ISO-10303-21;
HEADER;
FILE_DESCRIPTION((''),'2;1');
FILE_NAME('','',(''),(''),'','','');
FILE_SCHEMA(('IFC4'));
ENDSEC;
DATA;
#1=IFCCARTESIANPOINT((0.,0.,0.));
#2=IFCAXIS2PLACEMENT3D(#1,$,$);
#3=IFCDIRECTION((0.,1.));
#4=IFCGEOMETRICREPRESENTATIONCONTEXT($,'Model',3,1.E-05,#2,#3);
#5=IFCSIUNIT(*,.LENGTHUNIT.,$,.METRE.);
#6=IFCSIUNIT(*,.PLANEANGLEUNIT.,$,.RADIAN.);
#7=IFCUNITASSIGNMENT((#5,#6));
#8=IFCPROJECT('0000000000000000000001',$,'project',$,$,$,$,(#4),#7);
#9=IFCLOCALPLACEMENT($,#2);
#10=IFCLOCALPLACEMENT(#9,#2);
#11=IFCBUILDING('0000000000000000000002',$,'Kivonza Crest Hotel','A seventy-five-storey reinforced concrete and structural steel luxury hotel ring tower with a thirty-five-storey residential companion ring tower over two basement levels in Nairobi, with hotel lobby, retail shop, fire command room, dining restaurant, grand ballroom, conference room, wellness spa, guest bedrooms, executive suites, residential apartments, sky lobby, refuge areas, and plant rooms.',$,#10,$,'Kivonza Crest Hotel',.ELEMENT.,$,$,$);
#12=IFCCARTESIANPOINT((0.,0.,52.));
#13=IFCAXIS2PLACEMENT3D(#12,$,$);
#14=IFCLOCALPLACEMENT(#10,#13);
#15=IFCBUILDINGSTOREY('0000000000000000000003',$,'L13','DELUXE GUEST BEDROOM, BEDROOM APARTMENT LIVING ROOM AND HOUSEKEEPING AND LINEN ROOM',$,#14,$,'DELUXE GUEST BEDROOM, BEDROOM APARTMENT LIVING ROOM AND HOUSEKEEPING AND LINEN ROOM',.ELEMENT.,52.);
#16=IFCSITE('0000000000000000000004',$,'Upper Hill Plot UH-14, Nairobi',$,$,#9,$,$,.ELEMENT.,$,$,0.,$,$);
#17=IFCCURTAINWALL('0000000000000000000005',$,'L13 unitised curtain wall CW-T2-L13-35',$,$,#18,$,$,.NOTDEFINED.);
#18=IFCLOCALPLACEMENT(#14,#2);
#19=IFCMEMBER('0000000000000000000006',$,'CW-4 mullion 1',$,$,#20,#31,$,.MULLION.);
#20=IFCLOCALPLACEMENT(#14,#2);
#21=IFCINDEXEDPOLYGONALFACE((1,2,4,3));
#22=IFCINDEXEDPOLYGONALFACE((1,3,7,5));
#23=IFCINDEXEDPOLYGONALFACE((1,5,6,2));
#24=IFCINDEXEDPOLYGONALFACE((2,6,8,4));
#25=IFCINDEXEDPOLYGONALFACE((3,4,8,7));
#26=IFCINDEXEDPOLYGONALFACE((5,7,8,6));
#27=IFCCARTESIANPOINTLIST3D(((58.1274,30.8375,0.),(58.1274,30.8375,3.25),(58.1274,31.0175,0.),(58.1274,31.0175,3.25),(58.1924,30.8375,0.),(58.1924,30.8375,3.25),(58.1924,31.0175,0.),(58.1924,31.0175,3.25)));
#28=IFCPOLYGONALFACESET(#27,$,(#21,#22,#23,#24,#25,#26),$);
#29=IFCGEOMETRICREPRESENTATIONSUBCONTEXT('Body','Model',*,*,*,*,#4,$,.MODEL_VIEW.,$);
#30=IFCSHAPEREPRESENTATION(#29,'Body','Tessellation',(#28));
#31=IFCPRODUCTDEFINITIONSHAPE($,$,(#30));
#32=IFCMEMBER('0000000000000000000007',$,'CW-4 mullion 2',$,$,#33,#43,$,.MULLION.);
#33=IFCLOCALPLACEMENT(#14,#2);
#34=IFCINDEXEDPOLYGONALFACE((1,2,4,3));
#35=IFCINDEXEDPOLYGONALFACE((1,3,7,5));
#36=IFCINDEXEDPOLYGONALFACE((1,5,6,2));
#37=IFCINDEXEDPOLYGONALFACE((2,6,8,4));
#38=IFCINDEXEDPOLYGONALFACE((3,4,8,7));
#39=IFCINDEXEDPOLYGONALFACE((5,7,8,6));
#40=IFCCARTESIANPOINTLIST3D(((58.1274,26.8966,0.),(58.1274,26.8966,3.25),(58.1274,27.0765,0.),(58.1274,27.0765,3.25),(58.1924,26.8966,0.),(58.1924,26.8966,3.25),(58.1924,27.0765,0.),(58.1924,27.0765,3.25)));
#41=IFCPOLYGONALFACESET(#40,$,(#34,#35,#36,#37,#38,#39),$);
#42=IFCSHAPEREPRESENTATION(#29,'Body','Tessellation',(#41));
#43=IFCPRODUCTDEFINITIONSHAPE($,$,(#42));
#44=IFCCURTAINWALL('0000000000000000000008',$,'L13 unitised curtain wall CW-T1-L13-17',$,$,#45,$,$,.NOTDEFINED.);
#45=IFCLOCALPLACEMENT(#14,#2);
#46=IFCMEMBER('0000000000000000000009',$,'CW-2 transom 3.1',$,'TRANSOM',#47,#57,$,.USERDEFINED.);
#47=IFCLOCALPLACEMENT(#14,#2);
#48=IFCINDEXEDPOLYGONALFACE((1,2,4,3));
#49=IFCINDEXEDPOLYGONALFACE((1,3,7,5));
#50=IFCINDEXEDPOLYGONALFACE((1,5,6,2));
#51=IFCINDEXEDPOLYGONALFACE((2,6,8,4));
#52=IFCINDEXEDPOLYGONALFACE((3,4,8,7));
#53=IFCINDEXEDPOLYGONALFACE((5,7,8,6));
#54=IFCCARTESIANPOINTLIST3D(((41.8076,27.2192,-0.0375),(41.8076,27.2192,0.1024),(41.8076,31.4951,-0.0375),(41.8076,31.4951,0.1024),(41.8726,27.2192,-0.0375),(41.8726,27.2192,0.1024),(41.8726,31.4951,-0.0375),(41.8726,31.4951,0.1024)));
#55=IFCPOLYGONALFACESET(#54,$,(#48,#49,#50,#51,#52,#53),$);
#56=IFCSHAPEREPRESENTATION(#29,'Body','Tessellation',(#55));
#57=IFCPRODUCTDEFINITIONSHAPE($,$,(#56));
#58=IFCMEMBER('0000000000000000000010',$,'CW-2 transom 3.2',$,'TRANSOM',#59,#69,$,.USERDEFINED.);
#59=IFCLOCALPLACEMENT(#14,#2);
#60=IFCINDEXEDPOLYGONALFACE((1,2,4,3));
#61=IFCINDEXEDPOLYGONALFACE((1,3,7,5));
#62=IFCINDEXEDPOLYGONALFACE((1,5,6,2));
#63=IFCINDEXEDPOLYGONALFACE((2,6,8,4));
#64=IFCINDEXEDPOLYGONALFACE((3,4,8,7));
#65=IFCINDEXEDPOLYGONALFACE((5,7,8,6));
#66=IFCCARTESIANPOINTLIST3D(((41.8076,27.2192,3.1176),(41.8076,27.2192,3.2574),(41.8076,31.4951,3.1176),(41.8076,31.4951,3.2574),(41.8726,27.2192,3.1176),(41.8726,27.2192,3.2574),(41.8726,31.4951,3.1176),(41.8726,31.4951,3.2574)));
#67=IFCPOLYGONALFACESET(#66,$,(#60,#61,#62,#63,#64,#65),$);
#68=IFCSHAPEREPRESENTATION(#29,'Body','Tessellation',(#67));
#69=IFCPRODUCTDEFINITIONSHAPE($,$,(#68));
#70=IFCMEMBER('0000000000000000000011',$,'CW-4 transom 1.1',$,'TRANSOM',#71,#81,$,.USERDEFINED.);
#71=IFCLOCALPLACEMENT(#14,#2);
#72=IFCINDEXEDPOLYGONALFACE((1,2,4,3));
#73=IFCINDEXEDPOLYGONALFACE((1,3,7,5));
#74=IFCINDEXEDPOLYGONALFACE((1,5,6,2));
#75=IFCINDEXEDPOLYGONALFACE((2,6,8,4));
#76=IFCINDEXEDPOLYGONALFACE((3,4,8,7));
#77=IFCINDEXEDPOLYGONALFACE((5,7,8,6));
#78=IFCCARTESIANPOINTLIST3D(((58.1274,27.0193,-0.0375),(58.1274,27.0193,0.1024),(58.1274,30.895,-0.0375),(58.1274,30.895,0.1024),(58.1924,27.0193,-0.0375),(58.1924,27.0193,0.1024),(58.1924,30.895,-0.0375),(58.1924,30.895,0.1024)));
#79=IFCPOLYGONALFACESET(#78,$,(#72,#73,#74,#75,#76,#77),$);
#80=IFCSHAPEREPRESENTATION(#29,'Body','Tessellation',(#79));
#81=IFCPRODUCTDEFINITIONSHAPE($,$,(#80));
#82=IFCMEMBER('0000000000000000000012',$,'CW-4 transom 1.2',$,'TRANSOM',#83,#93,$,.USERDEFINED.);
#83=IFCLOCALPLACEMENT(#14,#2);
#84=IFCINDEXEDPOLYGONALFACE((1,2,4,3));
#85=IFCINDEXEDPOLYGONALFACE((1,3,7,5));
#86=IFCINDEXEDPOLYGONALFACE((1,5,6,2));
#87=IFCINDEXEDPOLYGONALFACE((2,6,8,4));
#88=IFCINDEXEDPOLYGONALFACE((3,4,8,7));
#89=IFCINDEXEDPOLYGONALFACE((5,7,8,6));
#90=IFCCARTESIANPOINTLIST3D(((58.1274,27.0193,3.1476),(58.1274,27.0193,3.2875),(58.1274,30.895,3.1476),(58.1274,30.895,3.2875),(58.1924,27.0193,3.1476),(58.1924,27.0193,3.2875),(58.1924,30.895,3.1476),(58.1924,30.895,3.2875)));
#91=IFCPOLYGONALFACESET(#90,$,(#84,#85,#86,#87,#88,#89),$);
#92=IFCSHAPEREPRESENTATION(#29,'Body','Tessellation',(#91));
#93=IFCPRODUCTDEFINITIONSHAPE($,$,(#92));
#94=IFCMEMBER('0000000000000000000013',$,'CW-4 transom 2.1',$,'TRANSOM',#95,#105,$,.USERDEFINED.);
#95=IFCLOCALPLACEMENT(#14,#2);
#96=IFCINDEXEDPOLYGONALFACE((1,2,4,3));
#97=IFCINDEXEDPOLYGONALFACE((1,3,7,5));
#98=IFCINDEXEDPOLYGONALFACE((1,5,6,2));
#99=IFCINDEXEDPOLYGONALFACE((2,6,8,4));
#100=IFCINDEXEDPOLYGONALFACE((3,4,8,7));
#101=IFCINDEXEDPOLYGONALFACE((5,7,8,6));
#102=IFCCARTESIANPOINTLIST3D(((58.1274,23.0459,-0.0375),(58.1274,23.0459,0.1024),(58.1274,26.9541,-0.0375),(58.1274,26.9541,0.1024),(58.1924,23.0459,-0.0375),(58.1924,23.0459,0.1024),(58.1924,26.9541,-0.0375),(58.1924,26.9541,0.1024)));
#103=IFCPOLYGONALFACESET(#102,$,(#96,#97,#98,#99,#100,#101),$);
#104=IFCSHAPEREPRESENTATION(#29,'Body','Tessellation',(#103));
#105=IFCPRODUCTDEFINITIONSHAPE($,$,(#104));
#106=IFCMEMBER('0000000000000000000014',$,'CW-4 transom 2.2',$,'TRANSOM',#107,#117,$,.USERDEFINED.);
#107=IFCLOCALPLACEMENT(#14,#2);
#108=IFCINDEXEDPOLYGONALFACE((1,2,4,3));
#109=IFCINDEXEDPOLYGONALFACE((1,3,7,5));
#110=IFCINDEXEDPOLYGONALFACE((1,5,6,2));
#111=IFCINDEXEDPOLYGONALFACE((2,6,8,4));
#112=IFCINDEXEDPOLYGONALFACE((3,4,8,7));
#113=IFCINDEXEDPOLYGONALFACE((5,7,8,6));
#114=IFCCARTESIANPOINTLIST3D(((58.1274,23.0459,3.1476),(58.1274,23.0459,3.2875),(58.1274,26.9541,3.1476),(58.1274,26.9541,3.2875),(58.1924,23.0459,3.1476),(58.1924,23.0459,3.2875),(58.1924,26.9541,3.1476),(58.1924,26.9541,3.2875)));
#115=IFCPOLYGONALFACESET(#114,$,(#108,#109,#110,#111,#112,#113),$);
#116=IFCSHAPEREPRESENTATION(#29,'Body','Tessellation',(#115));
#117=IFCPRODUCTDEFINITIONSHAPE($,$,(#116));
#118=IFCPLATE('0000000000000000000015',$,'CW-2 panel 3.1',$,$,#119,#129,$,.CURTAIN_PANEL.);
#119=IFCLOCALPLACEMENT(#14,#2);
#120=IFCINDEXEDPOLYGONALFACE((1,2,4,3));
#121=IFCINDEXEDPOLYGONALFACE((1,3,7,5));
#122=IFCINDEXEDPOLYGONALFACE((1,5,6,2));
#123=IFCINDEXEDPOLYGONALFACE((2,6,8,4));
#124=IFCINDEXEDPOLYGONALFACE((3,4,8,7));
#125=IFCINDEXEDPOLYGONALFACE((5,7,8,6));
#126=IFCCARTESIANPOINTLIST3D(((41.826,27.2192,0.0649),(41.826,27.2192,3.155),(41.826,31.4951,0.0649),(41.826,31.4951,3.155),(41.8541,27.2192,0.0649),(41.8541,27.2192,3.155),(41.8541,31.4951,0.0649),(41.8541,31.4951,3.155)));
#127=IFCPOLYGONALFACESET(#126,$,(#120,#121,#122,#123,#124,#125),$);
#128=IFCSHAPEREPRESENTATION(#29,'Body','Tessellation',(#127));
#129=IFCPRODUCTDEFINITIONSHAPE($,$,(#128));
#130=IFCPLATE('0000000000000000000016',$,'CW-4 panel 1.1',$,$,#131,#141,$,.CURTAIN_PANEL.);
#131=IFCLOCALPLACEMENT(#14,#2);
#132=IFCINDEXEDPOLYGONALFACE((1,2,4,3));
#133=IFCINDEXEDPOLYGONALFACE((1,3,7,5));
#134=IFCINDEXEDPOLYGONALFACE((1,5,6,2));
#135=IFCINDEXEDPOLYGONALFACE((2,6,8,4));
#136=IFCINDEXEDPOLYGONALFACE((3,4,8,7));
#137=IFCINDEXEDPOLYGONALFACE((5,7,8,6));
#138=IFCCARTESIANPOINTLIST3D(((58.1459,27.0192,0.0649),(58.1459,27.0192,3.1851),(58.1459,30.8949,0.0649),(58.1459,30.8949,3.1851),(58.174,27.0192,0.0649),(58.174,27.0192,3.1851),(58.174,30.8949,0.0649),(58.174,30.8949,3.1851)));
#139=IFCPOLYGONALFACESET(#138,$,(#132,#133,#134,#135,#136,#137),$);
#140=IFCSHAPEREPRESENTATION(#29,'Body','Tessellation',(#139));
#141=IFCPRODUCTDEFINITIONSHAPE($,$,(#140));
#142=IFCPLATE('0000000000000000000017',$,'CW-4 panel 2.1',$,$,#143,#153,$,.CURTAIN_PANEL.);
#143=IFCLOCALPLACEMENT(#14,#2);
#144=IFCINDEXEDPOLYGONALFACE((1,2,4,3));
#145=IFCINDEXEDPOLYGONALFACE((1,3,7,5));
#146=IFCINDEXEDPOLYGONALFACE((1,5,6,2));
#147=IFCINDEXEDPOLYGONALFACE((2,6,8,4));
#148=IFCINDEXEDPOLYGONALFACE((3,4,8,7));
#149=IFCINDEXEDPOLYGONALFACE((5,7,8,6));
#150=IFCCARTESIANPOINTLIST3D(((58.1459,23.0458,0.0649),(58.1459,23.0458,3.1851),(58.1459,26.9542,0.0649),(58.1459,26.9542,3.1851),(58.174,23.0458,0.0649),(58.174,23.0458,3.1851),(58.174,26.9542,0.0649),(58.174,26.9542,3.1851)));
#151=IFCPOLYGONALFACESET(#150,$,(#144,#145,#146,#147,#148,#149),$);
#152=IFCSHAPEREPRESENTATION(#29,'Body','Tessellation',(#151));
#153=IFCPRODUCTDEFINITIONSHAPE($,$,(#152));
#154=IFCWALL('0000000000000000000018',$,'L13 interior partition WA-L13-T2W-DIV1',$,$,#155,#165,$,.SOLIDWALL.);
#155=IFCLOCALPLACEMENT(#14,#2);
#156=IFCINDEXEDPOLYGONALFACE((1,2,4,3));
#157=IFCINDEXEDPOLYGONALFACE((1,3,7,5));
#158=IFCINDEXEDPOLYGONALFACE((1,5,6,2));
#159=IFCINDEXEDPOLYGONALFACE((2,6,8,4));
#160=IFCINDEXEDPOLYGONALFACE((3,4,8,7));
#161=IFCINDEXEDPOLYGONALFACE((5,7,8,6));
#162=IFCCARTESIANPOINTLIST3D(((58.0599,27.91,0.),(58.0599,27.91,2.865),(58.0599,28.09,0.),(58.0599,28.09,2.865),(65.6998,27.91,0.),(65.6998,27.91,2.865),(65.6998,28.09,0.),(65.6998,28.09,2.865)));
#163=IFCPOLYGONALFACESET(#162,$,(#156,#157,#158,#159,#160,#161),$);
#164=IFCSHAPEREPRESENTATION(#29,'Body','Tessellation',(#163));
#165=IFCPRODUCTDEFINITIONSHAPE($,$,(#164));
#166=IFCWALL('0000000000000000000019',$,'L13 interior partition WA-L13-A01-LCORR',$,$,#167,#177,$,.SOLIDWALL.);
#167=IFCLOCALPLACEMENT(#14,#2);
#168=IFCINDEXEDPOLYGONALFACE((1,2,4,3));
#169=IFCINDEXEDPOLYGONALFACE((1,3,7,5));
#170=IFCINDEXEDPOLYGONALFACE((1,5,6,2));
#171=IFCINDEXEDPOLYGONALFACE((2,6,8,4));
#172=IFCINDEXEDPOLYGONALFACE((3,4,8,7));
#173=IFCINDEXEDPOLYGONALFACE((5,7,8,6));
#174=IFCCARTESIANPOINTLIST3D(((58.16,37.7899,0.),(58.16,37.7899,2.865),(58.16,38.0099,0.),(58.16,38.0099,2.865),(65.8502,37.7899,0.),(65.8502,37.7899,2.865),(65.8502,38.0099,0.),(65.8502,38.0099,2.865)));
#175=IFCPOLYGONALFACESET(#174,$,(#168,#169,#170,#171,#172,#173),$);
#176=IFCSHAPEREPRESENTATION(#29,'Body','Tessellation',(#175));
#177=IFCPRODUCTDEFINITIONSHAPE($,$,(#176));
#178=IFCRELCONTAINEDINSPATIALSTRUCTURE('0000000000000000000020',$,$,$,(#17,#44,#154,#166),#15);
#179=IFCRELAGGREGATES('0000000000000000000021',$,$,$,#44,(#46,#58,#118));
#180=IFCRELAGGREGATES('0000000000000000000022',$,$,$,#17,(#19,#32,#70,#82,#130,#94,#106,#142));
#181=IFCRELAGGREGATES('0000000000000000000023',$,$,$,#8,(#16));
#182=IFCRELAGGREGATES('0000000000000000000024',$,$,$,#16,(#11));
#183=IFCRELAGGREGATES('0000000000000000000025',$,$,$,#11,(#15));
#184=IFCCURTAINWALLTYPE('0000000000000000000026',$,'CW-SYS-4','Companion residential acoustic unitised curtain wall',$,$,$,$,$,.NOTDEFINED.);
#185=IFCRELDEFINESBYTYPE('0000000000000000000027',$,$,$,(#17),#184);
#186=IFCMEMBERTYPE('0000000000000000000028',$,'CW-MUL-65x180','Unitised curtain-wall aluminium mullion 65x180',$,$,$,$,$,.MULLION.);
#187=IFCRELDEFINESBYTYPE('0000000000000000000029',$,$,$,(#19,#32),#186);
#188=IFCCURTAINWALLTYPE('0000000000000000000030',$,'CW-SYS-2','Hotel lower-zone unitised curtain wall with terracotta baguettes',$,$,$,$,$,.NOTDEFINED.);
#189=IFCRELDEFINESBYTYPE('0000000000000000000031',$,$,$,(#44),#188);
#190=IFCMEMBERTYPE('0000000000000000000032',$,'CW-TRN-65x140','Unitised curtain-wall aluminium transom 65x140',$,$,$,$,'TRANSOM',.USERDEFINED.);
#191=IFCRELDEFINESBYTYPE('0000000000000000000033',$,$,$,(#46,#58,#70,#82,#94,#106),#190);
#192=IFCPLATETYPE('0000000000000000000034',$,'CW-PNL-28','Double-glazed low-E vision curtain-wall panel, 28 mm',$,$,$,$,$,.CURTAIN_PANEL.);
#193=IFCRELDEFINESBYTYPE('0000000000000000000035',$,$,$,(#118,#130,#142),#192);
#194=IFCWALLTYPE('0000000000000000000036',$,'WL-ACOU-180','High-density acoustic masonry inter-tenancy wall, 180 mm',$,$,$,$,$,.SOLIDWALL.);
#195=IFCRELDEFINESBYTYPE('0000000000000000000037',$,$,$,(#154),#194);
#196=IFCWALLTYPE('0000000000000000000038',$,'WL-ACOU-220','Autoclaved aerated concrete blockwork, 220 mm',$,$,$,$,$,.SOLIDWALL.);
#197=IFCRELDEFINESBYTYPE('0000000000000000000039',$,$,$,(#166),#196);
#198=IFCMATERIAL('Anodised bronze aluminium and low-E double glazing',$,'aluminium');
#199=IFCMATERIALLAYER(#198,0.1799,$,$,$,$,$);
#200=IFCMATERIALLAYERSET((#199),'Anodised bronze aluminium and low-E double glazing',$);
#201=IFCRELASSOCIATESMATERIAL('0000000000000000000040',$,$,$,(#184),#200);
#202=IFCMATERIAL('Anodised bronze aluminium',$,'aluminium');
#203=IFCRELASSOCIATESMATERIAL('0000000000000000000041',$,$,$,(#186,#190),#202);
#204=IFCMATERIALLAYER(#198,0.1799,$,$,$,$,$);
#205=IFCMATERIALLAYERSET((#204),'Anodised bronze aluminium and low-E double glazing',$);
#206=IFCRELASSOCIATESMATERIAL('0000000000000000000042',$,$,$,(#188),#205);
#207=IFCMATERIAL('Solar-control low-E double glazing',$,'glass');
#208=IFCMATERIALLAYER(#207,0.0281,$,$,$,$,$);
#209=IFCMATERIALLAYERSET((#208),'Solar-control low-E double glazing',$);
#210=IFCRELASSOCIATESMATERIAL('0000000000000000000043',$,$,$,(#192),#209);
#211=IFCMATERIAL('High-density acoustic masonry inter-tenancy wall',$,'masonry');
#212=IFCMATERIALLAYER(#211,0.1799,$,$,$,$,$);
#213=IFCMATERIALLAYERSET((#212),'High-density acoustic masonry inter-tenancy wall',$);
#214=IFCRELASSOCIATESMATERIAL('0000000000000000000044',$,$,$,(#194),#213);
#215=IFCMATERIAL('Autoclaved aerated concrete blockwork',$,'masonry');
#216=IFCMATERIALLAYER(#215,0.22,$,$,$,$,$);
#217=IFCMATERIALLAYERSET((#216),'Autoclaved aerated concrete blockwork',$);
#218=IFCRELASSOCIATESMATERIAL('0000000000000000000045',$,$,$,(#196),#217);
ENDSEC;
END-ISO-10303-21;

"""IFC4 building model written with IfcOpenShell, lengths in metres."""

from ifc_helpers import new_model, si_unit, direction, frame, frame_2d, origin, origin_2d, place, context, subcontext, project, spatial, rectangle, extrude, material, layer, layer_set, material_profile, profile_set, type_object, element, aggregate, save


model = new_model("IFC4")

# Units and contexts
model_context = context("Model", 3, precision=1e-05, world=origin(), true_north=direction((0.0, 1.0)))
body_context = subcontext(model_context, "Body", "Model", "MODEL_VIEW")
ifc_project = project(units=[si_unit("LENGTHUNIT", "METRE"), si_unit("PLANEANGLEUNIT", "RADIAN")], contexts=[model_context])

# Site, building, storey
site_placement = place(None, origin())
site = spatial("IfcSite", under=ifc_project, at=site_placement, Name="Upper Hill Plot UH-14, Nairobi", CompositionType="ELEMENT", RefElevation=0.0)
building_placement = place(site_placement, origin())
building = spatial("IfcBuilding", under=site, at=building_placement, Name="Kivonza Crest Hotel", Description="A seventy-five-storey reinforced concrete and structural steel luxury hotel ring tower with a thirty-five-storey residential companion ring tower over two basement levels in Nairobi, with hotel lobby, retail shop, fire command room, dining restaurant, grand ballroom, conference room, wellness spa, guest bedrooms, executive suites, residential apartments, sky lobby, refuge areas, and plant rooms.", LongName="Kivonza Crest Hotel", CompositionType="ELEMENT")
storey_placement = place(building_placement, frame((0.0, 0.0, 52.0)))
storey = spatial("IfcBuildingStorey", under=building, at=storey_placement, Name="L13", Description="DELUXE GUEST BEDROOM, BEDROOM APARTMENT LIVING ROOM AND HOUSEKEEPING AND LINEN ROOM", LongName="DELUXE GUEST BEDROOM, BEDROOM APARTMENT LIVING ROOM AND HOUSEKEEPING AND LINEN ROOM", CompositionType="ELEMENT", Elevation=52.0)

# Curtain walls, members
ifc_material_1 = material(Name="Anodised bronze aluminium and low-E double glazing", Category="aluminium")
ifc_layer_1 = layer(ifc_material_1, 0.1799)
ifc_layer_set_1 = layer_set([ifc_layer_1], Name="Anodised bronze aluminium and low-E double glazing")
curtain_wall_type_1 = type_object("IfcCurtainWallType", Name="CW-SYS-4", Description="Companion residential acoustic unitised curtain wall", PredefinedType="NOTDEFINED", material=ifc_layer_set_1)
curtain_wall_1_placement = place(storey_placement, origin())
curtain_wall_1 = element("IfcCurtainWall", 1, at=curtain_wall_1_placement, inside=storey, type_object=curtain_wall_type_1, Name="L13 unitised curtain wall CW-T2-L13-35", PredefinedType="NOTDEFINED")
ifc_material_2 = material(Name="Anodised bronze aluminium", Category="aluminium")
ifc_material_profile_1 = material_profile(ifc_material_2, rectangle(XDim=0.0649, YDim=0.1799, at=origin_2d()), Name="CW-M 65x180")
ifc_profile_set_1 = profile_set([ifc_material_profile_1], Name="Anodised bronze aluminium")
member_type_1 = type_object("IfcMemberType", Name="CW-MUL-65x180", Description="Unitised curtain-wall aluminium mullion 65x180", PredefinedType="MULLION", material=ifc_profile_set_1)
member_1_placement = place(storey_placement, frame((58.1599, 30.9275, 0.0), z_axis=(0.0, 0.0, 1.0), x_axis=(1.0, 0.0, 0.0)))
member_1 = element("IfcMember", 2, at=member_1_placement, type_object=member_type_1, Name="CW-4 mullion 1", PredefinedType="MULLION", context=body_context, shape_type="SweptSolid", body=[
    extrude(rectangle(XDim=0.0649, YDim=0.1799, at=origin_2d()), origin(), (0.0, 0.0, 1.0), 3.25),
])
member_2_placement = place(storey_placement, frame((58.1599, 26.9866, 0.0), z_axis=(0.0, 0.0, 1.0), x_axis=(1.0, 0.0, 0.0)))
member_2 = element("IfcMember", 3, at=member_2_placement, type_object=member_type_1, Name="CW-4 mullion 2", PredefinedType="MULLION", context=body_context, shape_type="SweptSolid", body=[
    extrude(rectangle(XDim=0.0649, YDim=0.1799, at=origin_2d()), origin(), (0.0, 0.0, 1.0), 3.25),
])
ifc_layer_2 = layer(ifc_material_1, 0.1799)
ifc_layer_set_2 = layer_set([ifc_layer_2], Name="Anodised bronze aluminium and low-E double glazing")
curtain_wall_type_2 = type_object("IfcCurtainWallType", Name="CW-SYS-2", Description="Hotel lower-zone unitised curtain wall with terracotta baguettes", PredefinedType="NOTDEFINED", material=ifc_layer_set_2)
curtain_wall_2_placement = place(storey_placement, origin())
curtain_wall_2 = element("IfcCurtainWall", 4, at=curtain_wall_2_placement, inside=storey, type_object=curtain_wall_type_2, Name="L13 unitised curtain wall CW-T1-L13-17", PredefinedType="NOTDEFINED")
ifc_material_profile_2 = material_profile(ifc_material_2, rectangle(XDim=0.0649, YDim=0.1399, at=origin_2d()), Name="CW-T 65x140")
ifc_profile_set_2 = profile_set([ifc_material_profile_2], Name="Anodised bronze aluminium")
member_type_2 = type_object("IfcMemberType", Name="CW-TRN-65x140", Description="Unitised curtain-wall aluminium transom 65x140", ElementType="TRANSOM", PredefinedType="USERDEFINED", material=ifc_profile_set_2)
member_3_placement = place(storey_placement, frame((41.8401, 27.2192, 0.0325), z_axis=(0.0, 1.0, 0.0), x_axis=(-1.0, 0.0, 0.0)))
member_3 = element("IfcMember", 5, at=member_3_placement, type_object=member_type_2, Name="CW-2 transom 3.1", ObjectType="TRANSOM", PredefinedType="USERDEFINED", context=body_context, shape_type="SweptSolid", body=[
    extrude(rectangle(XDim=0.0649, YDim=0.1399, at=origin_2d()), origin(), (0.0, 0.0, 1.0), 4.2759),
])
member_4_placement = place(storey_placement, frame((41.8401, 27.2192, 3.1875), z_axis=(0.0, 1.0, 0.0), x_axis=(-1.0, 0.0, 0.0)))
member_4 = element("IfcMember", 6, at=member_4_placement, type_object=member_type_2, Name="CW-2 transom 3.2", ObjectType="TRANSOM", PredefinedType="USERDEFINED", context=body_context, shape_type="SweptSolid", body=[
    extrude(rectangle(XDim=0.0649, YDim=0.1399, at=origin_2d()), origin(), (0.0, 0.0, 1.0), 4.2759),
])

# Members
member_5_placement = place(storey_placement, frame((58.1599, 30.895, 0.0325), z_axis=(0.0, -1.0, 0.0), x_axis=(1.0, 0.0, 0.0)))
member_5 = element("IfcMember", 7, at=member_5_placement, type_object=member_type_2, Name="CW-4 transom 1.1", ObjectType="TRANSOM", PredefinedType="USERDEFINED", context=body_context, shape_type="SweptSolid", body=[
    extrude(rectangle(XDim=0.0649, YDim=0.1399, at=origin_2d()), origin(), (0.0, 0.0, 1.0), 3.8757),
])
member_6_placement = place(storey_placement, frame((58.1599, 30.895, 3.2175), z_axis=(0.0, -1.0, 0.0), x_axis=(1.0, 0.0, 0.0)))
member_6 = element("IfcMember", 8, at=member_6_placement, type_object=member_type_2, Name="CW-4 transom 1.2", ObjectType="TRANSOM", PredefinedType="USERDEFINED", context=body_context, shape_type="SweptSolid", body=[
    extrude(rectangle(XDim=0.0649, YDim=0.1399, at=origin_2d()), origin(), (0.0, 0.0, 1.0), 3.8757),
])
member_7_placement = place(storey_placement, frame((58.1599, 26.9541, 0.0325), z_axis=(0.0, -1.0, 0.0), x_axis=(1.0, 0.0, 0.0)))
member_7 = element("IfcMember", 9, at=member_7_placement, type_object=member_type_2, Name="CW-4 transom 2.1", ObjectType="TRANSOM", PredefinedType="USERDEFINED", context=body_context, shape_type="SweptSolid", body=[
    extrude(rectangle(XDim=0.0649, YDim=0.1399, at=origin_2d()), origin(), (0.0, 0.0, 1.0), 3.9082),
])
member_8_placement = place(storey_placement, frame((58.1599, 26.9541, 3.2175), z_axis=(0.0, -1.0, 0.0), x_axis=(1.0, 0.0, 0.0)))
member_8 = element("IfcMember", 10, at=member_8_placement, type_object=member_type_2, Name="CW-4 transom 2.2", ObjectType="TRANSOM", PredefinedType="USERDEFINED", context=body_context, shape_type="SweptSolid", body=[
    extrude(rectangle(XDim=0.0649, YDim=0.1399, at=origin_2d()), origin(), (0.0, 0.0, 1.0), 3.9082),
])

# Plates
ifc_material_3 = material(Name="Solar-control low-E double glazing", Category="glass")
ifc_layer_3 = layer(ifc_material_3, 0.0281)
ifc_layer_set_3 = layer_set([ifc_layer_3], Name="Solar-control low-E double glazing")
plate_type = type_object("IfcPlateType", Name="CW-PNL-28", Description="Double-glazed low-E vision curtain-wall panel, 28 mm", PredefinedType="CURTAIN_PANEL", material=ifc_layer_set_3)
plate_1_placement = place(storey_placement, frame((41.8401, 29.3572, 0.0649), z_axis=(0.0, 0.0, 1.0), x_axis=(0.0, 1.0, 0.0)))
plate_1 = element("IfcPlate", 11, at=plate_1_placement, type_object=plate_type, Name="CW-2 panel 3.1", PredefinedType="CURTAIN_PANEL", context=body_context, shape_type="SweptSolid", body=[
    extrude(rectangle(XDim=4.2759, YDim=0.0281, at=origin_2d()), origin(), (0.0, 0.0, 1.0), 3.0901),
])
aggregate(curtain_wall_2, [member_3, member_4, plate_1])
plate_2_placement = place(storey_placement, frame((58.1599, 28.957, 0.0649), z_axis=(0.0, 0.0, 1.0), x_axis=(0.0, -1.0, 0.0)))
plate_2 = element("IfcPlate", 12, at=plate_2_placement, type_object=plate_type, Name="CW-4 panel 1.1", PredefinedType="CURTAIN_PANEL", context=body_context, shape_type="SweptSolid", body=[
    extrude(rectangle(XDim=3.8757, YDim=0.0281, at=origin_2d()), origin(), (0.0, 0.0, 1.0), 3.1201),
])
plate_3_placement = place(storey_placement, frame((58.1599, 25.0, 0.0649), z_axis=(0.0, 0.0, 1.0), x_axis=(0.0, -1.0, 0.0)))
plate_3 = element("IfcPlate", 13, at=plate_3_placement, type_object=plate_type, Name="CW-4 panel 2.1", PredefinedType="CURTAIN_PANEL", context=body_context, shape_type="SweptSolid", body=[
    extrude(rectangle(XDim=3.9084, YDim=0.0281, at=origin_2d()), origin(), (0.0, 0.0, 1.0), 3.1201),
])
aggregate(curtain_wall_1, [member_1, member_2, member_5, member_6, plate_2, member_7, member_8, plate_3])

# Walls
ifc_material_4 = material(Name="High-density acoustic masonry inter-tenancy wall", Category="masonry")
ifc_layer_4 = layer(ifc_material_4, 0.1799)
ifc_layer_set_4 = layer_set([ifc_layer_4], Name="High-density acoustic masonry inter-tenancy wall")
wall_type_1 = type_object("IfcWallType", Name="WL-ACOU-180", Description="High-density acoustic masonry inter-tenancy wall, 180 mm", PredefinedType="SOLIDWALL", material=ifc_layer_set_4)
wall_1_placement = place(storey_placement, frame((58.0601, 28.0, 0.0), z_axis=(0.0, 0.0, 1.0), x_axis=(1.0, 0.0, 0.0)))
element("IfcWall", 14, at=wall_1_placement, inside=storey, type_object=wall_type_1, Name="L13 interior partition WA-L13-T2W-DIV1", PredefinedType="SOLIDWALL", context=body_context, shape_type="SweptSolid", body=[
    extrude(rectangle(XDim=7.6399, YDim=0.1799, at=frame_2d((3.8198, 0.0))), origin(), (0.0, 0.0, 1.0), 2.865),
])
ifc_material_5 = material(Name="Autoclaved aerated concrete blockwork", Category="masonry")
ifc_layer_5 = layer(ifc_material_5, 0.22)
ifc_layer_set_5 = layer_set([ifc_layer_5], Name="Autoclaved aerated concrete blockwork")
wall_type_2 = type_object("IfcWallType", Name="WL-ACOU-220", Description="Autoclaved aerated concrete blockwork, 220 mm", PredefinedType="SOLIDWALL", material=ifc_layer_set_5)
wall_2_placement = place(storey_placement, frame((58.1599, 37.8999, 0.0), z_axis=(0.0, 0.0, 1.0), x_axis=(1.0, 0.0, 0.0)))
element("IfcWall", 15, at=wall_2_placement, inside=storey, type_object=wall_type_2, Name="L13 interior partition WA-L13-A01-LCORR", PredefinedType="SOLIDWALL", context=body_context, shape_type="SweptSolid", body=[
    extrude(rectangle(XDim=7.6902, YDim=0.22, at=frame_2d((3.8452, 0.0))), origin(), (0.0, 0.0, 1.0), 2.865),
])

save(model, "model.ifc")
